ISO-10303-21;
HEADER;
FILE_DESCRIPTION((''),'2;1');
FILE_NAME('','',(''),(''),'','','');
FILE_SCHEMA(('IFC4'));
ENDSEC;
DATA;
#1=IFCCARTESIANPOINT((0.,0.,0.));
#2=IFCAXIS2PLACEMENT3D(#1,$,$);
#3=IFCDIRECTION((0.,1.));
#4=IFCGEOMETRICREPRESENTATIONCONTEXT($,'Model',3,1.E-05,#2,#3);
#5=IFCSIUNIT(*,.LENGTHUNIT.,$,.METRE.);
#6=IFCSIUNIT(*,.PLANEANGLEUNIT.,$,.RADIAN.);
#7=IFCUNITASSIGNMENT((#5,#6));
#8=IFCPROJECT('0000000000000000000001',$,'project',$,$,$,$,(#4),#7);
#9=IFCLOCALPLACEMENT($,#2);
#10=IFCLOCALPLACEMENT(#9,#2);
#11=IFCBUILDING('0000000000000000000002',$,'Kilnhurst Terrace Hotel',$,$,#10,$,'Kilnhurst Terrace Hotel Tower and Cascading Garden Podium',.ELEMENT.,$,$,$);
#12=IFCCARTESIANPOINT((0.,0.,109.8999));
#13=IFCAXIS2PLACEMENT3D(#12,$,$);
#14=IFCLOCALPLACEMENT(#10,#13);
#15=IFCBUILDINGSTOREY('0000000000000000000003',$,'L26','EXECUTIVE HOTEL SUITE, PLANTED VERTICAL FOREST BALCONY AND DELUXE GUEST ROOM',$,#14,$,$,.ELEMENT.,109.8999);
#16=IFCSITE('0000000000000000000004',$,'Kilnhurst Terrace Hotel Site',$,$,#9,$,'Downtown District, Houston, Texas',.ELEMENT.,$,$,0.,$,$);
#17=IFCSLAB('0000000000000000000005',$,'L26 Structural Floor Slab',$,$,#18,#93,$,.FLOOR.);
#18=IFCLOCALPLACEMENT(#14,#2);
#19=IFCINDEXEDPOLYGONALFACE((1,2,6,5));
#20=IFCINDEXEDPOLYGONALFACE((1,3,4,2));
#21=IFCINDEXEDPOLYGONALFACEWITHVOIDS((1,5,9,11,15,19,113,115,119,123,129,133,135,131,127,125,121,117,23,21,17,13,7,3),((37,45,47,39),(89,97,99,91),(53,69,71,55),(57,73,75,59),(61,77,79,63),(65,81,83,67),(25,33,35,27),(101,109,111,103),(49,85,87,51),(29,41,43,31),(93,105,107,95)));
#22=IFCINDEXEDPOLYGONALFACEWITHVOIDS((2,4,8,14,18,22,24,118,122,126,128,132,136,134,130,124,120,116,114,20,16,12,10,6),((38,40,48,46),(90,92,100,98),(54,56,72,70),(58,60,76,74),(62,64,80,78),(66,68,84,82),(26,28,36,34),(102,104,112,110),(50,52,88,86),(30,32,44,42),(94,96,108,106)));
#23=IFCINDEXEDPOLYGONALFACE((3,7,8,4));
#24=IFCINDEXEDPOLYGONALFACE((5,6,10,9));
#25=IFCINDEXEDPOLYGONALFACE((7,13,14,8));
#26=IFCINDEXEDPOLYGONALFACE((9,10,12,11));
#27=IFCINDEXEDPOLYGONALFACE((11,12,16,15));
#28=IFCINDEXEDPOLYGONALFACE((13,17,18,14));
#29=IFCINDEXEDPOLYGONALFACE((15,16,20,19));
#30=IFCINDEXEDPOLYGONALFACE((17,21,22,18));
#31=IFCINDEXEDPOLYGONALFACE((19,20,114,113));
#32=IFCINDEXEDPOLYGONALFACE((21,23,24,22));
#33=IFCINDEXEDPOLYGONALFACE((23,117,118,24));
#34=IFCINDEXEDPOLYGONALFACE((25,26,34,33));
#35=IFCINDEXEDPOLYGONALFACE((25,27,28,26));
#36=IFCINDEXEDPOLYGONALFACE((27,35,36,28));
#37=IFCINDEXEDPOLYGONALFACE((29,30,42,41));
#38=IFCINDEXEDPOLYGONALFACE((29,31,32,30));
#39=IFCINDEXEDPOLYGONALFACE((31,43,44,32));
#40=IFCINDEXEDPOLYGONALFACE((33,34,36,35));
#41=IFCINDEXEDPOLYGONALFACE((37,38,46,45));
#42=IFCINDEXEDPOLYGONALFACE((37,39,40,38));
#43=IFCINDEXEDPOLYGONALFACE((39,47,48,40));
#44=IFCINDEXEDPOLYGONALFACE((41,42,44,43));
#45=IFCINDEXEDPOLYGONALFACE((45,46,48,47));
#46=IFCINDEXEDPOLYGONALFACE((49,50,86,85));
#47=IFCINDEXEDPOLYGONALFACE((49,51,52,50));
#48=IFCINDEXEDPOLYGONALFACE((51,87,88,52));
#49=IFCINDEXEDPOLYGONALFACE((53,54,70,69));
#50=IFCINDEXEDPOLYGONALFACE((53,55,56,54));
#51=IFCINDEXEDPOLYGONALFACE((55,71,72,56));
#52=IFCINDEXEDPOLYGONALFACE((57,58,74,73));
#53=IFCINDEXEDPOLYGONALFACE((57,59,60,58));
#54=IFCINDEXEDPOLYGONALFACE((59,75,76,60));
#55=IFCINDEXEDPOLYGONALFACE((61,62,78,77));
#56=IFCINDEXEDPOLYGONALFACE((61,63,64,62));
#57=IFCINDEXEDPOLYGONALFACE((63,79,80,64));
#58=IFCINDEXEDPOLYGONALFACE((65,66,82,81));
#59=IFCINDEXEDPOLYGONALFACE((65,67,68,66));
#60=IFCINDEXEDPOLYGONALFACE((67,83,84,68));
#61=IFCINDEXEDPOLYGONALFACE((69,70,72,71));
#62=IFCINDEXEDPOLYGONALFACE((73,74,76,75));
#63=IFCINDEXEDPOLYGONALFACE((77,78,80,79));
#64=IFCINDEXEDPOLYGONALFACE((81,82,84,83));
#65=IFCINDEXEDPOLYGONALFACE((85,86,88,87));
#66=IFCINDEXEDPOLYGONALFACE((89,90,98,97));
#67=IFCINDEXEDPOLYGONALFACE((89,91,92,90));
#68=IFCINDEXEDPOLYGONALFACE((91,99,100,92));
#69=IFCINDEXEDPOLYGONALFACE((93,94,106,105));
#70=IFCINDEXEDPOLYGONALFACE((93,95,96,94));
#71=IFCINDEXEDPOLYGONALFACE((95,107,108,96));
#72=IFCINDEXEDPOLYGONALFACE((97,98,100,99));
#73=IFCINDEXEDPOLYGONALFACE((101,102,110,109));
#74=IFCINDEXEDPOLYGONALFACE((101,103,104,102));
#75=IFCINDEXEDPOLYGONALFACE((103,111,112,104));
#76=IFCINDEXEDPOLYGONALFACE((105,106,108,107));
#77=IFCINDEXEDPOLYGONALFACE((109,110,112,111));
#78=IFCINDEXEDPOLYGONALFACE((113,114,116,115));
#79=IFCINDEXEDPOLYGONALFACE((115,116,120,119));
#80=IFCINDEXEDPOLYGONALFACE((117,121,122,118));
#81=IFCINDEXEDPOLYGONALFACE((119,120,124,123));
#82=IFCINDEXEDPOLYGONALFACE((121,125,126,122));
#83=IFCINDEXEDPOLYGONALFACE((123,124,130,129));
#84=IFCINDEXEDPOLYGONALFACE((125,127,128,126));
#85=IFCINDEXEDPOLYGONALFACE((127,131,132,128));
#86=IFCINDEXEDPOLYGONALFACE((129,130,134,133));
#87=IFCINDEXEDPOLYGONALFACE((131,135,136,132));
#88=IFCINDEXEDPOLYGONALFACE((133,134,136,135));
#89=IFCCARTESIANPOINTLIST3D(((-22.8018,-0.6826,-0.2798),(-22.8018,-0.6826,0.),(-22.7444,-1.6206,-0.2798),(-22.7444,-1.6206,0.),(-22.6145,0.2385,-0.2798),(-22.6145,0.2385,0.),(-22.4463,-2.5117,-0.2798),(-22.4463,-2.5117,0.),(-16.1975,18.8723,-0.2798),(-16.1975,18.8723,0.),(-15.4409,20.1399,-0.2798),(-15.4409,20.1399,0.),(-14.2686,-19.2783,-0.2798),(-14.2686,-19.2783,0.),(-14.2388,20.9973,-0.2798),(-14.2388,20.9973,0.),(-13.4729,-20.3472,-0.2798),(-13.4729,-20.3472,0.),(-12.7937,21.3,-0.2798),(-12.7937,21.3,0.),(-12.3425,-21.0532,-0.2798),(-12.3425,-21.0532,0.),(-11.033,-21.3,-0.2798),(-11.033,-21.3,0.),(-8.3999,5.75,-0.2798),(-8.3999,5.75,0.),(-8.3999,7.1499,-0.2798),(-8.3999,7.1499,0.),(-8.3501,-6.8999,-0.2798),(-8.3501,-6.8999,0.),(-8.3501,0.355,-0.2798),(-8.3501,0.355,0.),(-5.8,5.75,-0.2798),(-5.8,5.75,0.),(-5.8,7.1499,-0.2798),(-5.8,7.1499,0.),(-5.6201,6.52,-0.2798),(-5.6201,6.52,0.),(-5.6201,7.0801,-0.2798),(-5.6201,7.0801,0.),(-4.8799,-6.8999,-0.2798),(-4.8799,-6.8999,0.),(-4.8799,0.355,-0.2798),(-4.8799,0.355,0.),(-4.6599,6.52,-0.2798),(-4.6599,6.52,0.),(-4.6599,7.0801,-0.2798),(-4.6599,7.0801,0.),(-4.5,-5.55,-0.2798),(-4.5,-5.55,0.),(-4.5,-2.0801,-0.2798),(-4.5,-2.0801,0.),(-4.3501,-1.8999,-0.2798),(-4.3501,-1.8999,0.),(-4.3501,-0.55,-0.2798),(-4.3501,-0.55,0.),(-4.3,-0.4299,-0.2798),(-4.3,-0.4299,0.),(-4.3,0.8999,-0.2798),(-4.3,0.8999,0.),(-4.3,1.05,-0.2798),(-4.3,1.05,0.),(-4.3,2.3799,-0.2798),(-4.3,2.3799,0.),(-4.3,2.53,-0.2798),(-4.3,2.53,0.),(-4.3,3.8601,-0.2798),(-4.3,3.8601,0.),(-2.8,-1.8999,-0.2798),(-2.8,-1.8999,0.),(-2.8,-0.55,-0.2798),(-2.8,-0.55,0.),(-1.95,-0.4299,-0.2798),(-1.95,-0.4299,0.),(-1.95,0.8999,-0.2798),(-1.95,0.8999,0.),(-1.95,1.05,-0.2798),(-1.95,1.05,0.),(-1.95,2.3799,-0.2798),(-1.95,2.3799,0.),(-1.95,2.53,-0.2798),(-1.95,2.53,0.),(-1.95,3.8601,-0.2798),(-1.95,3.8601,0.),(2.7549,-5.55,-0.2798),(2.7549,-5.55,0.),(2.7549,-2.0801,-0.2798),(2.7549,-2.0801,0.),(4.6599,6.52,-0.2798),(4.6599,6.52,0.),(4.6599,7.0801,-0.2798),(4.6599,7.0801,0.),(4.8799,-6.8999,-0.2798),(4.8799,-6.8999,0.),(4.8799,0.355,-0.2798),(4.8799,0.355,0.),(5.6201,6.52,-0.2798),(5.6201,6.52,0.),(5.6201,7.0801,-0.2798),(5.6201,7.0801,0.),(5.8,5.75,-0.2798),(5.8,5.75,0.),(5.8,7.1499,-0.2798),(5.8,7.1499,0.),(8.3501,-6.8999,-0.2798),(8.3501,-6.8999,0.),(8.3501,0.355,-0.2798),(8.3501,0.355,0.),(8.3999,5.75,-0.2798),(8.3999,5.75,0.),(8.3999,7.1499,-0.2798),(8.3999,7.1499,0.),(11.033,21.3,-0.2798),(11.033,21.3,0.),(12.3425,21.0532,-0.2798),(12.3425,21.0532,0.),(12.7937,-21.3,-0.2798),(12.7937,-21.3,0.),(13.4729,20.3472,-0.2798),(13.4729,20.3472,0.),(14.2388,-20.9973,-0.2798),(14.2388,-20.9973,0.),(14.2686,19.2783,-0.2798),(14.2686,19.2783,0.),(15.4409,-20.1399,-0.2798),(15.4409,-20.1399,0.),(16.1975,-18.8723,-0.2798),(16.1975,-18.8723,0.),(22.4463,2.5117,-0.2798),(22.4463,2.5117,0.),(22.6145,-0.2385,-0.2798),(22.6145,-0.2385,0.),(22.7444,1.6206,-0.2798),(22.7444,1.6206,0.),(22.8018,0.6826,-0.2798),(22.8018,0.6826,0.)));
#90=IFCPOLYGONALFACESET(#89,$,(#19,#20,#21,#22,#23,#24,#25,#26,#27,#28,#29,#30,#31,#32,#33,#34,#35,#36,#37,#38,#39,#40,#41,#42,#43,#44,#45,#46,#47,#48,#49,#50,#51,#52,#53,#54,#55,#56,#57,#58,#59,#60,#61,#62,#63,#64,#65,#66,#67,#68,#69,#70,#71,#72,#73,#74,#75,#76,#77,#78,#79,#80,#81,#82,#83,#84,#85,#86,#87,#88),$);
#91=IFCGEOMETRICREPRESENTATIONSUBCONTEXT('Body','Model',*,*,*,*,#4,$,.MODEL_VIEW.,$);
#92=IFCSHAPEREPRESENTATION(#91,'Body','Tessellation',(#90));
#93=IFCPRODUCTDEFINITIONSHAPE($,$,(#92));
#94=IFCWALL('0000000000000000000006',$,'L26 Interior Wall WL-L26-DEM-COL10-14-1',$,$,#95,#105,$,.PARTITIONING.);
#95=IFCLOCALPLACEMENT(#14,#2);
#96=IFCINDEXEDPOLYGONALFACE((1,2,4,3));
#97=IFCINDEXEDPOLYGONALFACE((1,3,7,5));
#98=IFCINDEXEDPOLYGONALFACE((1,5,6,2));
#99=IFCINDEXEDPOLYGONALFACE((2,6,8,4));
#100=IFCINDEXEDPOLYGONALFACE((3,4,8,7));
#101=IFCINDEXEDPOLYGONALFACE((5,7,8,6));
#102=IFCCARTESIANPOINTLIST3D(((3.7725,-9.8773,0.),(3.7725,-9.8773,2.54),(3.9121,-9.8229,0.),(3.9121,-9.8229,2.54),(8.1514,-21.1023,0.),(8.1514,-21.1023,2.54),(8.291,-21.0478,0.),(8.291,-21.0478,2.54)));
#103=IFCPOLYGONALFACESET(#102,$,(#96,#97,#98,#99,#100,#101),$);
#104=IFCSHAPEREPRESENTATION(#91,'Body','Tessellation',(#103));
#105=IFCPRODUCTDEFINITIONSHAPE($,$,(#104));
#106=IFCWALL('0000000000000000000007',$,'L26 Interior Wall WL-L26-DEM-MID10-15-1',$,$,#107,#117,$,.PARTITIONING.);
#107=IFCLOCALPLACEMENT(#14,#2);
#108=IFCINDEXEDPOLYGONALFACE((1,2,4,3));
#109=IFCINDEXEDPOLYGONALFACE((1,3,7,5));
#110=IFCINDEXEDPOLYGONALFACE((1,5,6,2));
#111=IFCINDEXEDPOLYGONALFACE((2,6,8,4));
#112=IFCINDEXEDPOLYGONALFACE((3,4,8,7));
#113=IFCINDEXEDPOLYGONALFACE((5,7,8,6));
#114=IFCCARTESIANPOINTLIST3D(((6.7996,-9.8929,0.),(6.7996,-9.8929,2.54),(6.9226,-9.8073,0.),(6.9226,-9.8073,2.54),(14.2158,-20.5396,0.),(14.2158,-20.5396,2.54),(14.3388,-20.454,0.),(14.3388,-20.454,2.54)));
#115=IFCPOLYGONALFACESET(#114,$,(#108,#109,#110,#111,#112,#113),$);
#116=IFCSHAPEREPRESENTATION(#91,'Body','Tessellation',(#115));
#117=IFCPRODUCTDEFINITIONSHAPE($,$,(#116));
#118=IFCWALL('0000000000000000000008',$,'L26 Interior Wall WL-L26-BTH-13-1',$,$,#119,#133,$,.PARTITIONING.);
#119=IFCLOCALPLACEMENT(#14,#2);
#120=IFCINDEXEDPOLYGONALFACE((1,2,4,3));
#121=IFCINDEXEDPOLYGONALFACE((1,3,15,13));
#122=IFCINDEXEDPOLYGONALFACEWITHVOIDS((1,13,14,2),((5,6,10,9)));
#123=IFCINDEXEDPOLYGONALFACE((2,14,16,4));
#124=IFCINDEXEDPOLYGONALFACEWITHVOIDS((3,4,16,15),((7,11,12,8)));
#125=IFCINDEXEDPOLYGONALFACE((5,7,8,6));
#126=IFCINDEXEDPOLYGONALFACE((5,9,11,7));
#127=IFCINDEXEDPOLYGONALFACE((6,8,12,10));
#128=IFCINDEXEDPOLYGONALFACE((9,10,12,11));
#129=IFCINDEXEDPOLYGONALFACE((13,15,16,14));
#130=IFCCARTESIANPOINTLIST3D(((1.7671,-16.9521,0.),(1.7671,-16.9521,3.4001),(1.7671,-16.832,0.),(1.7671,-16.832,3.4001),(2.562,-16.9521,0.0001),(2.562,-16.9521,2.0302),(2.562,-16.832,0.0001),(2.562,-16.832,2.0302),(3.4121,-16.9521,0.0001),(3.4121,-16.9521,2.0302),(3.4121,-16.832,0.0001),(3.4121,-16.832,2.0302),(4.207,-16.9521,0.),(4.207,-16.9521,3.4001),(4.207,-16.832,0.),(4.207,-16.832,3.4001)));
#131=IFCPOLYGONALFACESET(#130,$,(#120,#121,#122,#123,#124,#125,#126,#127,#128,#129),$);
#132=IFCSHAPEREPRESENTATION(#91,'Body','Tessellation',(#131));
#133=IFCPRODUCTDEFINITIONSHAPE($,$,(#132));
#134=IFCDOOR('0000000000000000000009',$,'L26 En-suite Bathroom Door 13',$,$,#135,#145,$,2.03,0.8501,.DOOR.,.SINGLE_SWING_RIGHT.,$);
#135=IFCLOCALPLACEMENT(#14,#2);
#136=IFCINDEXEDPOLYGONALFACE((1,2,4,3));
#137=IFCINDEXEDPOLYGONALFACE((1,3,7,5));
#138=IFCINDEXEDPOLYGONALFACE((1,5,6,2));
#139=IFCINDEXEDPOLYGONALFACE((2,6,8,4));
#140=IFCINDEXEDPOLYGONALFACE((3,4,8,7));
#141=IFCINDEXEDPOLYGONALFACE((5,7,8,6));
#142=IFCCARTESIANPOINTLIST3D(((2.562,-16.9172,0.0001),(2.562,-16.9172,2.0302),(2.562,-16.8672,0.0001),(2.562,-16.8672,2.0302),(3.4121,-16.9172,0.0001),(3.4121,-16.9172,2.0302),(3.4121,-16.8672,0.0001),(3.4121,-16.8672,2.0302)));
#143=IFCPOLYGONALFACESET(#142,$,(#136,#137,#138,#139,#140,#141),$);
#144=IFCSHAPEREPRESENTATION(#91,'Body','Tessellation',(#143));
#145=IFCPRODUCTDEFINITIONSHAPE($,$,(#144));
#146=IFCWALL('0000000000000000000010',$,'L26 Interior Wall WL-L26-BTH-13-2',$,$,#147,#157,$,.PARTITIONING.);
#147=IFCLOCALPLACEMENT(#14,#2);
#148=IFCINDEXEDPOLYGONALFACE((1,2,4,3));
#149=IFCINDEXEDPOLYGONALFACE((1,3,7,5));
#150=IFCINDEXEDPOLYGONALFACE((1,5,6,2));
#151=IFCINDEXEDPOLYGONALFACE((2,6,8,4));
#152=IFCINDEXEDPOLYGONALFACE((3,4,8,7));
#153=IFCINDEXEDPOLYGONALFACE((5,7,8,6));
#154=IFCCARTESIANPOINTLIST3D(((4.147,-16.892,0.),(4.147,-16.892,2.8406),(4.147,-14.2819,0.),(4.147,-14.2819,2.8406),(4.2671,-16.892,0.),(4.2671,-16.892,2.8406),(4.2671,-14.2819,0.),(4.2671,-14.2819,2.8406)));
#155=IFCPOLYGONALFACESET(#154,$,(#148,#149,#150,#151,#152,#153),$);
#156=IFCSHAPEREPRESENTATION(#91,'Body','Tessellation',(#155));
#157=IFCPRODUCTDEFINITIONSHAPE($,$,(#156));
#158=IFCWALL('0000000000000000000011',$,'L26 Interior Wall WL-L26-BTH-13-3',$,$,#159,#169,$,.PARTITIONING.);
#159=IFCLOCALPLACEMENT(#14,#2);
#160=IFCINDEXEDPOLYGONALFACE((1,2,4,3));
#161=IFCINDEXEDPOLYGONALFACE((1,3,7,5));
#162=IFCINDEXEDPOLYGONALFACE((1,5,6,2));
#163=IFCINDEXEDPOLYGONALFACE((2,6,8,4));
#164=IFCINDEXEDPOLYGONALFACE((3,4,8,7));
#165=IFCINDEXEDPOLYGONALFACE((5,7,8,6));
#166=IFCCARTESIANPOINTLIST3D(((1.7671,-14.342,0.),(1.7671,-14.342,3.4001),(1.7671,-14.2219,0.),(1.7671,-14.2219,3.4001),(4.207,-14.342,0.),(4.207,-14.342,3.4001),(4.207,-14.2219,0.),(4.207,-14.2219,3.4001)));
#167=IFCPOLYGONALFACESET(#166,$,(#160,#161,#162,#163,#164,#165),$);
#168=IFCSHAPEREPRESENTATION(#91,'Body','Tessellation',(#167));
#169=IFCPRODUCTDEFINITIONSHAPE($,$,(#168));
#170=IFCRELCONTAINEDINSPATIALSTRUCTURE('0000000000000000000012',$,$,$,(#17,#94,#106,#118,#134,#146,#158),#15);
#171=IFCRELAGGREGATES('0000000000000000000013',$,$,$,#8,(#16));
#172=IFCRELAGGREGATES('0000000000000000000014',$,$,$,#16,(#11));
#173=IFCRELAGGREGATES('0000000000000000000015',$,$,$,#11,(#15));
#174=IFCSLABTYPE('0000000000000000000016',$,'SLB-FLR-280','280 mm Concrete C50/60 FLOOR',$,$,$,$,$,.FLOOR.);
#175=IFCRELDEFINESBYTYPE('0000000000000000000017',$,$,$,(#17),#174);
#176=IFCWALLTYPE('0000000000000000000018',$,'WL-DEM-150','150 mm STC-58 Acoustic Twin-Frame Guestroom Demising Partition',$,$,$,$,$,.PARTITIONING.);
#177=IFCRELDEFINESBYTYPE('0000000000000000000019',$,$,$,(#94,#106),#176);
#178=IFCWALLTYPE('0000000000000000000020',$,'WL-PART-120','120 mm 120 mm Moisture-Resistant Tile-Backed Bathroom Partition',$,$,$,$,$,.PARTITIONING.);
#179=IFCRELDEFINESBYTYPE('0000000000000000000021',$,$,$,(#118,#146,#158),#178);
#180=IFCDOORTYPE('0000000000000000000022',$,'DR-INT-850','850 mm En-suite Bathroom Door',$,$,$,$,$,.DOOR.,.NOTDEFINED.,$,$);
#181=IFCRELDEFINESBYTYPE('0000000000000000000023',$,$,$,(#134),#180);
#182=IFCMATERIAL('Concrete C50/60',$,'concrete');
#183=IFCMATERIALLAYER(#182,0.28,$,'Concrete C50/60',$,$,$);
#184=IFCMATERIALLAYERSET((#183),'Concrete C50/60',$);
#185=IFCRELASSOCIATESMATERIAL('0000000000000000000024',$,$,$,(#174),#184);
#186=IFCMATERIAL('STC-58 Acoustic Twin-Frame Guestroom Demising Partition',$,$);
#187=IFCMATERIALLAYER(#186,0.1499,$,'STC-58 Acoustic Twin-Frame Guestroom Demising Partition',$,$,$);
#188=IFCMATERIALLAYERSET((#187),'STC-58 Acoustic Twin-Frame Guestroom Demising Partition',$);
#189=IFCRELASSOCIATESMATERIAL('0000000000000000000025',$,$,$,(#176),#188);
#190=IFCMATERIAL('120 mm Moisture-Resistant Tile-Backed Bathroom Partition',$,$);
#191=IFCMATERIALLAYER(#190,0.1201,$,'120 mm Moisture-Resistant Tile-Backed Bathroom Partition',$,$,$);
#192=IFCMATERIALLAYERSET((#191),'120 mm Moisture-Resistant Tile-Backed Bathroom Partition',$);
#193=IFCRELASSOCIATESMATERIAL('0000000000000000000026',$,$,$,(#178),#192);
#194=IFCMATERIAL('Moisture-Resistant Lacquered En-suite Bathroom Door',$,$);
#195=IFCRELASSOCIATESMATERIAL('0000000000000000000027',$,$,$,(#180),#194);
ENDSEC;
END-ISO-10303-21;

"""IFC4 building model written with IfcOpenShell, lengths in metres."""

from ifc_helpers import new_model, si_unit, direction, frame, frame_2d, origin, place, context, subcontext, project, spatial, polyline, rectangle, outline, extrude, material, layer, layer_set, type_object, element, fill, save


model = new_model("IFC4")

# Units and contexts
model_context = context("Model", 3, precision=1e-05, world=origin(), true_north=direction((0.0, 1.0)))
body_context = subcontext(model_context, "Body", "Model", "MODEL_VIEW")
ifc_project = project(units=[si_unit("LENGTHUNIT", "METRE"), si_unit("PLANEANGLEUNIT", "RADIAN")], contexts=[model_context])

# Site, building, storey
site_placement = place(None, origin())
site = spatial("IfcSite", under=ifc_project, at=site_placement, Name="Kilnhurst Terrace Hotel Site", LongName="Downtown District, Houston, Texas", CompositionType="ELEMENT", RefElevation=0.0)
building_placement = place(site_placement, origin())
building = spatial("IfcBuilding", under=site, at=building_placement, Name="Kilnhurst Terrace Hotel", LongName="Kilnhurst Terrace Hotel Tower and Cascading Garden Podium", CompositionType="ELEMENT")
storey_placement = place(building_placement, frame((0.0, 0.0, 109.8999)))
storey = spatial("IfcBuildingStorey", under=building, at=storey_placement, Name="L26", Description="EXECUTIVE HOTEL SUITE, PLANTED VERTICAL FOREST BALCONY AND DELUXE GUEST ROOM", CompositionType="ELEMENT", Elevation=109.8999)

# Shared definitions
ifc_material_1 = material(Name="Concrete C50/60", Category="concrete")

# Slab
ifc_layer_1 = layer(ifc_material_1, 0.28, Name="Concrete C50/60")
ifc_layer_set_1 = layer_set([ifc_layer_1], Name="Concrete C50/60")
slab_type_1 = type_object("IfcSlabType", Name="SLB-FLR-280", Description="280 mm Concrete C50/60 FLOOR", PredefinedType="FLOOR", material=ifc_layer_set_1)
slab_1_placement = place(storey_placement, frame((0.0, 0.0, -0.2798)))
element("IfcSlab", 1, at=slab_1_placement, inside=storey, type_object=slab_type_1, Name="L26 Structural Floor Slab", PredefinedType="FLOOR", context=body_context, shape_type="SweptSolid", body=[
    extrude(outline(polyline([(-14.2686, -19.2783), (-13.4729, -20.3472), (-12.3425, -21.0532), (-11.033, -21.3), (12.7937, -21.3), (14.2388, -20.9973), (15.4409, -20.1399), (16.1975, -18.8723), (22.6145, -0.2385), (22.8018, 0.6826), (22.7444, 1.6206), (22.4463, 2.5117), (14.2686, 19.2783), (13.4729, 20.3472), (12.3425, 21.0532), (11.033, 21.3), (-12.7937, 21.3), (-14.2388, 20.9973), (-15.4409, 20.1399), (-16.1975, 18.8723), (-22.6145, 0.2385), (-22.8018, -0.6826), (-22.7444, -1.6206), (-22.4463, -2.5117), (-14.2686, -19.2783)]), holes=[polyline([(-8.3501, 0.355), (-4.8799, 0.355), (-4.8799, -6.8999), (-8.3501, -6.8999), (-8.3501, 0.355)]), polyline([(-2.8, -1.8999), (-4.3501, -1.8999), (-4.3501, -0.55), (-2.8, -0.55), (-2.8, -1.8999)]), polyline([(-1.95, -0.4299), (-4.3, -0.4299), (-4.3, 0.8999), (-1.95, 0.8999), (-1.95, -0.4299)]), polyline([(-4.3, 1.05), (-4.3, 2.3799), (-1.95, 2.3799), (-1.95, 1.05), (-4.3, 1.05)]), polyline([(-8.3999, 5.75), (-8.3999, 7.1499), (-5.8, 7.1499), (-5.8, 5.75), (-8.3999, 5.75)]), polyline([(-4.6599, 6.52), (-5.6201, 6.52), (-5.6201, 7.0801), (-4.6599, 7.0801), (-4.6599, 6.52)]), polyline([(2.7549, -5.55), (-4.5, -5.55), (-4.5, -2.0801), (2.7549, -2.0801), (2.7549, -5.55)]), polyline([(8.3501, 0.355), (8.3501, -6.8999), (4.8799, -6.8999), (4.8799, 0.355), (8.3501, 0.355)]), polyline([(-1.95, 2.53), (-4.3, 2.53), (-4.3, 3.8601), (-1.95, 3.8601), (-1.95, 2.53)]), polyline([(5.8, 5.75), (5.8, 7.1499), (8.3999, 7.1499), (8.3999, 5.75), (5.8, 5.75)]), polyline([(4.6599, 6.52), (4.6599, 7.0801), (5.6201, 7.0801), (5.6201, 6.52), (4.6599, 6.52)])]), origin(), (0.0, 0.0, 1.0), 0.2798),
])

# Walls
ifc_material_2 = material(Name="STC-58 Acoustic Twin-Frame Guestroom Demising Partition")
ifc_layer_2 = layer(ifc_material_2, 0.1499, Name="STC-58 Acoustic Twin-Frame Guestroom Demising Partition")
ifc_layer_set_2 = layer_set([ifc_layer_2], Name="STC-58 Acoustic Twin-Frame Guestroom Demising Partition")
wall_type_1 = type_object("IfcWallType", Name="WL-DEM-150", Description="150 mm STC-58 Acoustic Twin-Frame Guestroom Demising Partition", PredefinedType="PARTITIONING", material=ifc_layer_set_2)
wall_1_placement = place(storey_placement, frame((3.8423, -9.8501, 0.0), z_axis=(0.0, 0.0, 1.0), x_axis=(0.363433, -0.93162, 0.0)))
element("IfcWall", 2, at=wall_1_placement, inside=storey, type_object=wall_type_1, Name="L26 Interior Wall WL-L26-DEM-COL10-14-1", PredefinedType="PARTITIONING", context=body_context, shape_type="SweptSolid", body=[
    extrude(rectangle(XDim=12.0488, YDim=0.1499, at=frame_2d((6.0244, 0.0))), origin(), (0.0, 0.0, 1.0), 2.54),
])
wall_2_placement = place(storey_placement, frame((6.8611, -9.8501, 0.0), z_axis=(0.0, 0.0, 1.0), x_axis=(0.571575, -0.82055, 0.0)))
element("IfcWall", 3, at=wall_2_placement, inside=storey, type_object=wall_type_1, Name="L26 Interior Wall WL-L26-DEM-MID10-15-1", PredefinedType="PARTITIONING", context=body_context, shape_type="SweptSolid", body=[
    extrude(rectangle(XDim=12.9751, YDim=0.1499, at=frame_2d((6.4875, 0.0))), origin(), (0.0, 0.0, 1.0), 2.54),
])

# Wall, opening, door
ifc_material_3 = material(Name="120 mm Moisture-Resistant Tile-Backed Bathroom Partition")
ifc_layer_3 = layer(ifc_material_3, 0.1201, Name="120 mm Moisture-Resistant Tile-Backed Bathroom Partition")
ifc_layer_set_3 = layer_set([ifc_layer_3], Name="120 mm Moisture-Resistant Tile-Backed Bathroom Partition")
wall_type_2 = type_object("IfcWallType", Name="WL-PART-120", Description="120 mm 120 mm Moisture-Resistant Tile-Backed Bathroom Partition", PredefinedType="PARTITIONING", material=ifc_layer_set_3)
wall_3_placement = place(storey_placement, frame((1.7671, -16.8921, 0.0), z_axis=(0.0, 0.0, 1.0), x_axis=(1.0, 0.0, 0.0)))
wall_3 = element("IfcWall", 4, at=wall_3_placement, inside=storey, type_object=wall_type_2, Name="L26 Interior Wall WL-L26-BTH-13-1", PredefinedType="PARTITIONING", context=body_context, shape_type="SweptSolid", body=[
    extrude(rectangle(XDim=2.4399, YDim=0.1201, at=frame_2d((1.22, 0.0))), origin(), (0.0, 0.0, 1.0), 3.4001),
])
opening_placement = place(wall_3_placement, frame((0.7949, 0.0, 0.0)))
opening = element("IfcOpeningElement", 5, at=opening_placement, cuts=wall_3, PredefinedType="OPENING", context=body_context, shape_type="SweptSolid", body=[
    extrude(rectangle(XDim=0.8501, YDim=2.03, at=frame_2d((0.425, 1.0151))), frame((0.0, 0.0701, 0.0), z_axis=(0.0, -1.0, 0.0), x_axis=(1.0, 0.0, 0.0)), (0.0, 0.0, 1.0), 0.1401),
])
ifc_material_4 = material(Name="Moisture-Resistant Lacquered En-suite Bathroom Door")
door_type = type_object("IfcDoorType", Name="DR-INT-850", Description="850 mm En-suite Bathroom Door", OperationType="NOTDEFINED", PredefinedType="DOOR", material=ifc_material_4)
door_placement = place(opening_placement, origin())
door = element("IfcDoor", 6, at=door_placement, inside=storey, type_object=door_type, Name="L26 En-suite Bathroom Door 13", OperationType="SINGLE_SWING_RIGHT", OverallHeight=2.03, OverallWidth=0.8501, PredefinedType="DOOR", context=body_context, shape_type="SweptSolid", body=[
    extrude(rectangle(XDim=0.8501, YDim=2.03, at=frame_2d((0.425, 1.0151))), frame((0.0, 0.0249, 0.0), z_axis=(0.0, -1.0, 0.0), x_axis=(1.0, 0.0, 0.0)), (0.0, 0.0, 1.0), 0.05),
])
fill(opening, door)

# Walls
wall_4_placement = place(storey_placement, frame((4.207, -16.8921, 0.0), z_axis=(0.0, 0.0, 1.0), x_axis=(0.0, 1.0, 0.0)))
element("IfcWall", 7, at=wall_4_placement, inside=storey, type_object=wall_type_2, Name="L26 Interior Wall WL-L26-BTH-13-2", PredefinedType="PARTITIONING", context=body_context, shape_type="SweptSolid", body=[
    extrude(rectangle(XDim=2.6101, YDim=0.1201, at=frame_2d((1.3052, 0.0))), origin(), (0.0, 0.0, 1.0), 2.8406),
])
wall_5_placement = place(storey_placement, frame((4.207, -14.282, 0.0), z_axis=(0.0, 0.0, 1.0), x_axis=(-1.0, 0.0, 0.0)))
element("IfcWall", 8, at=wall_5_placement, inside=storey, type_object=wall_type_2, Name="L26 Interior Wall WL-L26-BTH-13-3", PredefinedType="PARTITIONING", context=body_context, shape_type="SweptSolid", body=[
    extrude(rectangle(XDim=2.4399, YDim=0.1201, at=frame_2d((1.22, 0.0))), origin(), (0.0, 0.0, 1.0), 3.4001),
])

save(model, "model.ifc")
